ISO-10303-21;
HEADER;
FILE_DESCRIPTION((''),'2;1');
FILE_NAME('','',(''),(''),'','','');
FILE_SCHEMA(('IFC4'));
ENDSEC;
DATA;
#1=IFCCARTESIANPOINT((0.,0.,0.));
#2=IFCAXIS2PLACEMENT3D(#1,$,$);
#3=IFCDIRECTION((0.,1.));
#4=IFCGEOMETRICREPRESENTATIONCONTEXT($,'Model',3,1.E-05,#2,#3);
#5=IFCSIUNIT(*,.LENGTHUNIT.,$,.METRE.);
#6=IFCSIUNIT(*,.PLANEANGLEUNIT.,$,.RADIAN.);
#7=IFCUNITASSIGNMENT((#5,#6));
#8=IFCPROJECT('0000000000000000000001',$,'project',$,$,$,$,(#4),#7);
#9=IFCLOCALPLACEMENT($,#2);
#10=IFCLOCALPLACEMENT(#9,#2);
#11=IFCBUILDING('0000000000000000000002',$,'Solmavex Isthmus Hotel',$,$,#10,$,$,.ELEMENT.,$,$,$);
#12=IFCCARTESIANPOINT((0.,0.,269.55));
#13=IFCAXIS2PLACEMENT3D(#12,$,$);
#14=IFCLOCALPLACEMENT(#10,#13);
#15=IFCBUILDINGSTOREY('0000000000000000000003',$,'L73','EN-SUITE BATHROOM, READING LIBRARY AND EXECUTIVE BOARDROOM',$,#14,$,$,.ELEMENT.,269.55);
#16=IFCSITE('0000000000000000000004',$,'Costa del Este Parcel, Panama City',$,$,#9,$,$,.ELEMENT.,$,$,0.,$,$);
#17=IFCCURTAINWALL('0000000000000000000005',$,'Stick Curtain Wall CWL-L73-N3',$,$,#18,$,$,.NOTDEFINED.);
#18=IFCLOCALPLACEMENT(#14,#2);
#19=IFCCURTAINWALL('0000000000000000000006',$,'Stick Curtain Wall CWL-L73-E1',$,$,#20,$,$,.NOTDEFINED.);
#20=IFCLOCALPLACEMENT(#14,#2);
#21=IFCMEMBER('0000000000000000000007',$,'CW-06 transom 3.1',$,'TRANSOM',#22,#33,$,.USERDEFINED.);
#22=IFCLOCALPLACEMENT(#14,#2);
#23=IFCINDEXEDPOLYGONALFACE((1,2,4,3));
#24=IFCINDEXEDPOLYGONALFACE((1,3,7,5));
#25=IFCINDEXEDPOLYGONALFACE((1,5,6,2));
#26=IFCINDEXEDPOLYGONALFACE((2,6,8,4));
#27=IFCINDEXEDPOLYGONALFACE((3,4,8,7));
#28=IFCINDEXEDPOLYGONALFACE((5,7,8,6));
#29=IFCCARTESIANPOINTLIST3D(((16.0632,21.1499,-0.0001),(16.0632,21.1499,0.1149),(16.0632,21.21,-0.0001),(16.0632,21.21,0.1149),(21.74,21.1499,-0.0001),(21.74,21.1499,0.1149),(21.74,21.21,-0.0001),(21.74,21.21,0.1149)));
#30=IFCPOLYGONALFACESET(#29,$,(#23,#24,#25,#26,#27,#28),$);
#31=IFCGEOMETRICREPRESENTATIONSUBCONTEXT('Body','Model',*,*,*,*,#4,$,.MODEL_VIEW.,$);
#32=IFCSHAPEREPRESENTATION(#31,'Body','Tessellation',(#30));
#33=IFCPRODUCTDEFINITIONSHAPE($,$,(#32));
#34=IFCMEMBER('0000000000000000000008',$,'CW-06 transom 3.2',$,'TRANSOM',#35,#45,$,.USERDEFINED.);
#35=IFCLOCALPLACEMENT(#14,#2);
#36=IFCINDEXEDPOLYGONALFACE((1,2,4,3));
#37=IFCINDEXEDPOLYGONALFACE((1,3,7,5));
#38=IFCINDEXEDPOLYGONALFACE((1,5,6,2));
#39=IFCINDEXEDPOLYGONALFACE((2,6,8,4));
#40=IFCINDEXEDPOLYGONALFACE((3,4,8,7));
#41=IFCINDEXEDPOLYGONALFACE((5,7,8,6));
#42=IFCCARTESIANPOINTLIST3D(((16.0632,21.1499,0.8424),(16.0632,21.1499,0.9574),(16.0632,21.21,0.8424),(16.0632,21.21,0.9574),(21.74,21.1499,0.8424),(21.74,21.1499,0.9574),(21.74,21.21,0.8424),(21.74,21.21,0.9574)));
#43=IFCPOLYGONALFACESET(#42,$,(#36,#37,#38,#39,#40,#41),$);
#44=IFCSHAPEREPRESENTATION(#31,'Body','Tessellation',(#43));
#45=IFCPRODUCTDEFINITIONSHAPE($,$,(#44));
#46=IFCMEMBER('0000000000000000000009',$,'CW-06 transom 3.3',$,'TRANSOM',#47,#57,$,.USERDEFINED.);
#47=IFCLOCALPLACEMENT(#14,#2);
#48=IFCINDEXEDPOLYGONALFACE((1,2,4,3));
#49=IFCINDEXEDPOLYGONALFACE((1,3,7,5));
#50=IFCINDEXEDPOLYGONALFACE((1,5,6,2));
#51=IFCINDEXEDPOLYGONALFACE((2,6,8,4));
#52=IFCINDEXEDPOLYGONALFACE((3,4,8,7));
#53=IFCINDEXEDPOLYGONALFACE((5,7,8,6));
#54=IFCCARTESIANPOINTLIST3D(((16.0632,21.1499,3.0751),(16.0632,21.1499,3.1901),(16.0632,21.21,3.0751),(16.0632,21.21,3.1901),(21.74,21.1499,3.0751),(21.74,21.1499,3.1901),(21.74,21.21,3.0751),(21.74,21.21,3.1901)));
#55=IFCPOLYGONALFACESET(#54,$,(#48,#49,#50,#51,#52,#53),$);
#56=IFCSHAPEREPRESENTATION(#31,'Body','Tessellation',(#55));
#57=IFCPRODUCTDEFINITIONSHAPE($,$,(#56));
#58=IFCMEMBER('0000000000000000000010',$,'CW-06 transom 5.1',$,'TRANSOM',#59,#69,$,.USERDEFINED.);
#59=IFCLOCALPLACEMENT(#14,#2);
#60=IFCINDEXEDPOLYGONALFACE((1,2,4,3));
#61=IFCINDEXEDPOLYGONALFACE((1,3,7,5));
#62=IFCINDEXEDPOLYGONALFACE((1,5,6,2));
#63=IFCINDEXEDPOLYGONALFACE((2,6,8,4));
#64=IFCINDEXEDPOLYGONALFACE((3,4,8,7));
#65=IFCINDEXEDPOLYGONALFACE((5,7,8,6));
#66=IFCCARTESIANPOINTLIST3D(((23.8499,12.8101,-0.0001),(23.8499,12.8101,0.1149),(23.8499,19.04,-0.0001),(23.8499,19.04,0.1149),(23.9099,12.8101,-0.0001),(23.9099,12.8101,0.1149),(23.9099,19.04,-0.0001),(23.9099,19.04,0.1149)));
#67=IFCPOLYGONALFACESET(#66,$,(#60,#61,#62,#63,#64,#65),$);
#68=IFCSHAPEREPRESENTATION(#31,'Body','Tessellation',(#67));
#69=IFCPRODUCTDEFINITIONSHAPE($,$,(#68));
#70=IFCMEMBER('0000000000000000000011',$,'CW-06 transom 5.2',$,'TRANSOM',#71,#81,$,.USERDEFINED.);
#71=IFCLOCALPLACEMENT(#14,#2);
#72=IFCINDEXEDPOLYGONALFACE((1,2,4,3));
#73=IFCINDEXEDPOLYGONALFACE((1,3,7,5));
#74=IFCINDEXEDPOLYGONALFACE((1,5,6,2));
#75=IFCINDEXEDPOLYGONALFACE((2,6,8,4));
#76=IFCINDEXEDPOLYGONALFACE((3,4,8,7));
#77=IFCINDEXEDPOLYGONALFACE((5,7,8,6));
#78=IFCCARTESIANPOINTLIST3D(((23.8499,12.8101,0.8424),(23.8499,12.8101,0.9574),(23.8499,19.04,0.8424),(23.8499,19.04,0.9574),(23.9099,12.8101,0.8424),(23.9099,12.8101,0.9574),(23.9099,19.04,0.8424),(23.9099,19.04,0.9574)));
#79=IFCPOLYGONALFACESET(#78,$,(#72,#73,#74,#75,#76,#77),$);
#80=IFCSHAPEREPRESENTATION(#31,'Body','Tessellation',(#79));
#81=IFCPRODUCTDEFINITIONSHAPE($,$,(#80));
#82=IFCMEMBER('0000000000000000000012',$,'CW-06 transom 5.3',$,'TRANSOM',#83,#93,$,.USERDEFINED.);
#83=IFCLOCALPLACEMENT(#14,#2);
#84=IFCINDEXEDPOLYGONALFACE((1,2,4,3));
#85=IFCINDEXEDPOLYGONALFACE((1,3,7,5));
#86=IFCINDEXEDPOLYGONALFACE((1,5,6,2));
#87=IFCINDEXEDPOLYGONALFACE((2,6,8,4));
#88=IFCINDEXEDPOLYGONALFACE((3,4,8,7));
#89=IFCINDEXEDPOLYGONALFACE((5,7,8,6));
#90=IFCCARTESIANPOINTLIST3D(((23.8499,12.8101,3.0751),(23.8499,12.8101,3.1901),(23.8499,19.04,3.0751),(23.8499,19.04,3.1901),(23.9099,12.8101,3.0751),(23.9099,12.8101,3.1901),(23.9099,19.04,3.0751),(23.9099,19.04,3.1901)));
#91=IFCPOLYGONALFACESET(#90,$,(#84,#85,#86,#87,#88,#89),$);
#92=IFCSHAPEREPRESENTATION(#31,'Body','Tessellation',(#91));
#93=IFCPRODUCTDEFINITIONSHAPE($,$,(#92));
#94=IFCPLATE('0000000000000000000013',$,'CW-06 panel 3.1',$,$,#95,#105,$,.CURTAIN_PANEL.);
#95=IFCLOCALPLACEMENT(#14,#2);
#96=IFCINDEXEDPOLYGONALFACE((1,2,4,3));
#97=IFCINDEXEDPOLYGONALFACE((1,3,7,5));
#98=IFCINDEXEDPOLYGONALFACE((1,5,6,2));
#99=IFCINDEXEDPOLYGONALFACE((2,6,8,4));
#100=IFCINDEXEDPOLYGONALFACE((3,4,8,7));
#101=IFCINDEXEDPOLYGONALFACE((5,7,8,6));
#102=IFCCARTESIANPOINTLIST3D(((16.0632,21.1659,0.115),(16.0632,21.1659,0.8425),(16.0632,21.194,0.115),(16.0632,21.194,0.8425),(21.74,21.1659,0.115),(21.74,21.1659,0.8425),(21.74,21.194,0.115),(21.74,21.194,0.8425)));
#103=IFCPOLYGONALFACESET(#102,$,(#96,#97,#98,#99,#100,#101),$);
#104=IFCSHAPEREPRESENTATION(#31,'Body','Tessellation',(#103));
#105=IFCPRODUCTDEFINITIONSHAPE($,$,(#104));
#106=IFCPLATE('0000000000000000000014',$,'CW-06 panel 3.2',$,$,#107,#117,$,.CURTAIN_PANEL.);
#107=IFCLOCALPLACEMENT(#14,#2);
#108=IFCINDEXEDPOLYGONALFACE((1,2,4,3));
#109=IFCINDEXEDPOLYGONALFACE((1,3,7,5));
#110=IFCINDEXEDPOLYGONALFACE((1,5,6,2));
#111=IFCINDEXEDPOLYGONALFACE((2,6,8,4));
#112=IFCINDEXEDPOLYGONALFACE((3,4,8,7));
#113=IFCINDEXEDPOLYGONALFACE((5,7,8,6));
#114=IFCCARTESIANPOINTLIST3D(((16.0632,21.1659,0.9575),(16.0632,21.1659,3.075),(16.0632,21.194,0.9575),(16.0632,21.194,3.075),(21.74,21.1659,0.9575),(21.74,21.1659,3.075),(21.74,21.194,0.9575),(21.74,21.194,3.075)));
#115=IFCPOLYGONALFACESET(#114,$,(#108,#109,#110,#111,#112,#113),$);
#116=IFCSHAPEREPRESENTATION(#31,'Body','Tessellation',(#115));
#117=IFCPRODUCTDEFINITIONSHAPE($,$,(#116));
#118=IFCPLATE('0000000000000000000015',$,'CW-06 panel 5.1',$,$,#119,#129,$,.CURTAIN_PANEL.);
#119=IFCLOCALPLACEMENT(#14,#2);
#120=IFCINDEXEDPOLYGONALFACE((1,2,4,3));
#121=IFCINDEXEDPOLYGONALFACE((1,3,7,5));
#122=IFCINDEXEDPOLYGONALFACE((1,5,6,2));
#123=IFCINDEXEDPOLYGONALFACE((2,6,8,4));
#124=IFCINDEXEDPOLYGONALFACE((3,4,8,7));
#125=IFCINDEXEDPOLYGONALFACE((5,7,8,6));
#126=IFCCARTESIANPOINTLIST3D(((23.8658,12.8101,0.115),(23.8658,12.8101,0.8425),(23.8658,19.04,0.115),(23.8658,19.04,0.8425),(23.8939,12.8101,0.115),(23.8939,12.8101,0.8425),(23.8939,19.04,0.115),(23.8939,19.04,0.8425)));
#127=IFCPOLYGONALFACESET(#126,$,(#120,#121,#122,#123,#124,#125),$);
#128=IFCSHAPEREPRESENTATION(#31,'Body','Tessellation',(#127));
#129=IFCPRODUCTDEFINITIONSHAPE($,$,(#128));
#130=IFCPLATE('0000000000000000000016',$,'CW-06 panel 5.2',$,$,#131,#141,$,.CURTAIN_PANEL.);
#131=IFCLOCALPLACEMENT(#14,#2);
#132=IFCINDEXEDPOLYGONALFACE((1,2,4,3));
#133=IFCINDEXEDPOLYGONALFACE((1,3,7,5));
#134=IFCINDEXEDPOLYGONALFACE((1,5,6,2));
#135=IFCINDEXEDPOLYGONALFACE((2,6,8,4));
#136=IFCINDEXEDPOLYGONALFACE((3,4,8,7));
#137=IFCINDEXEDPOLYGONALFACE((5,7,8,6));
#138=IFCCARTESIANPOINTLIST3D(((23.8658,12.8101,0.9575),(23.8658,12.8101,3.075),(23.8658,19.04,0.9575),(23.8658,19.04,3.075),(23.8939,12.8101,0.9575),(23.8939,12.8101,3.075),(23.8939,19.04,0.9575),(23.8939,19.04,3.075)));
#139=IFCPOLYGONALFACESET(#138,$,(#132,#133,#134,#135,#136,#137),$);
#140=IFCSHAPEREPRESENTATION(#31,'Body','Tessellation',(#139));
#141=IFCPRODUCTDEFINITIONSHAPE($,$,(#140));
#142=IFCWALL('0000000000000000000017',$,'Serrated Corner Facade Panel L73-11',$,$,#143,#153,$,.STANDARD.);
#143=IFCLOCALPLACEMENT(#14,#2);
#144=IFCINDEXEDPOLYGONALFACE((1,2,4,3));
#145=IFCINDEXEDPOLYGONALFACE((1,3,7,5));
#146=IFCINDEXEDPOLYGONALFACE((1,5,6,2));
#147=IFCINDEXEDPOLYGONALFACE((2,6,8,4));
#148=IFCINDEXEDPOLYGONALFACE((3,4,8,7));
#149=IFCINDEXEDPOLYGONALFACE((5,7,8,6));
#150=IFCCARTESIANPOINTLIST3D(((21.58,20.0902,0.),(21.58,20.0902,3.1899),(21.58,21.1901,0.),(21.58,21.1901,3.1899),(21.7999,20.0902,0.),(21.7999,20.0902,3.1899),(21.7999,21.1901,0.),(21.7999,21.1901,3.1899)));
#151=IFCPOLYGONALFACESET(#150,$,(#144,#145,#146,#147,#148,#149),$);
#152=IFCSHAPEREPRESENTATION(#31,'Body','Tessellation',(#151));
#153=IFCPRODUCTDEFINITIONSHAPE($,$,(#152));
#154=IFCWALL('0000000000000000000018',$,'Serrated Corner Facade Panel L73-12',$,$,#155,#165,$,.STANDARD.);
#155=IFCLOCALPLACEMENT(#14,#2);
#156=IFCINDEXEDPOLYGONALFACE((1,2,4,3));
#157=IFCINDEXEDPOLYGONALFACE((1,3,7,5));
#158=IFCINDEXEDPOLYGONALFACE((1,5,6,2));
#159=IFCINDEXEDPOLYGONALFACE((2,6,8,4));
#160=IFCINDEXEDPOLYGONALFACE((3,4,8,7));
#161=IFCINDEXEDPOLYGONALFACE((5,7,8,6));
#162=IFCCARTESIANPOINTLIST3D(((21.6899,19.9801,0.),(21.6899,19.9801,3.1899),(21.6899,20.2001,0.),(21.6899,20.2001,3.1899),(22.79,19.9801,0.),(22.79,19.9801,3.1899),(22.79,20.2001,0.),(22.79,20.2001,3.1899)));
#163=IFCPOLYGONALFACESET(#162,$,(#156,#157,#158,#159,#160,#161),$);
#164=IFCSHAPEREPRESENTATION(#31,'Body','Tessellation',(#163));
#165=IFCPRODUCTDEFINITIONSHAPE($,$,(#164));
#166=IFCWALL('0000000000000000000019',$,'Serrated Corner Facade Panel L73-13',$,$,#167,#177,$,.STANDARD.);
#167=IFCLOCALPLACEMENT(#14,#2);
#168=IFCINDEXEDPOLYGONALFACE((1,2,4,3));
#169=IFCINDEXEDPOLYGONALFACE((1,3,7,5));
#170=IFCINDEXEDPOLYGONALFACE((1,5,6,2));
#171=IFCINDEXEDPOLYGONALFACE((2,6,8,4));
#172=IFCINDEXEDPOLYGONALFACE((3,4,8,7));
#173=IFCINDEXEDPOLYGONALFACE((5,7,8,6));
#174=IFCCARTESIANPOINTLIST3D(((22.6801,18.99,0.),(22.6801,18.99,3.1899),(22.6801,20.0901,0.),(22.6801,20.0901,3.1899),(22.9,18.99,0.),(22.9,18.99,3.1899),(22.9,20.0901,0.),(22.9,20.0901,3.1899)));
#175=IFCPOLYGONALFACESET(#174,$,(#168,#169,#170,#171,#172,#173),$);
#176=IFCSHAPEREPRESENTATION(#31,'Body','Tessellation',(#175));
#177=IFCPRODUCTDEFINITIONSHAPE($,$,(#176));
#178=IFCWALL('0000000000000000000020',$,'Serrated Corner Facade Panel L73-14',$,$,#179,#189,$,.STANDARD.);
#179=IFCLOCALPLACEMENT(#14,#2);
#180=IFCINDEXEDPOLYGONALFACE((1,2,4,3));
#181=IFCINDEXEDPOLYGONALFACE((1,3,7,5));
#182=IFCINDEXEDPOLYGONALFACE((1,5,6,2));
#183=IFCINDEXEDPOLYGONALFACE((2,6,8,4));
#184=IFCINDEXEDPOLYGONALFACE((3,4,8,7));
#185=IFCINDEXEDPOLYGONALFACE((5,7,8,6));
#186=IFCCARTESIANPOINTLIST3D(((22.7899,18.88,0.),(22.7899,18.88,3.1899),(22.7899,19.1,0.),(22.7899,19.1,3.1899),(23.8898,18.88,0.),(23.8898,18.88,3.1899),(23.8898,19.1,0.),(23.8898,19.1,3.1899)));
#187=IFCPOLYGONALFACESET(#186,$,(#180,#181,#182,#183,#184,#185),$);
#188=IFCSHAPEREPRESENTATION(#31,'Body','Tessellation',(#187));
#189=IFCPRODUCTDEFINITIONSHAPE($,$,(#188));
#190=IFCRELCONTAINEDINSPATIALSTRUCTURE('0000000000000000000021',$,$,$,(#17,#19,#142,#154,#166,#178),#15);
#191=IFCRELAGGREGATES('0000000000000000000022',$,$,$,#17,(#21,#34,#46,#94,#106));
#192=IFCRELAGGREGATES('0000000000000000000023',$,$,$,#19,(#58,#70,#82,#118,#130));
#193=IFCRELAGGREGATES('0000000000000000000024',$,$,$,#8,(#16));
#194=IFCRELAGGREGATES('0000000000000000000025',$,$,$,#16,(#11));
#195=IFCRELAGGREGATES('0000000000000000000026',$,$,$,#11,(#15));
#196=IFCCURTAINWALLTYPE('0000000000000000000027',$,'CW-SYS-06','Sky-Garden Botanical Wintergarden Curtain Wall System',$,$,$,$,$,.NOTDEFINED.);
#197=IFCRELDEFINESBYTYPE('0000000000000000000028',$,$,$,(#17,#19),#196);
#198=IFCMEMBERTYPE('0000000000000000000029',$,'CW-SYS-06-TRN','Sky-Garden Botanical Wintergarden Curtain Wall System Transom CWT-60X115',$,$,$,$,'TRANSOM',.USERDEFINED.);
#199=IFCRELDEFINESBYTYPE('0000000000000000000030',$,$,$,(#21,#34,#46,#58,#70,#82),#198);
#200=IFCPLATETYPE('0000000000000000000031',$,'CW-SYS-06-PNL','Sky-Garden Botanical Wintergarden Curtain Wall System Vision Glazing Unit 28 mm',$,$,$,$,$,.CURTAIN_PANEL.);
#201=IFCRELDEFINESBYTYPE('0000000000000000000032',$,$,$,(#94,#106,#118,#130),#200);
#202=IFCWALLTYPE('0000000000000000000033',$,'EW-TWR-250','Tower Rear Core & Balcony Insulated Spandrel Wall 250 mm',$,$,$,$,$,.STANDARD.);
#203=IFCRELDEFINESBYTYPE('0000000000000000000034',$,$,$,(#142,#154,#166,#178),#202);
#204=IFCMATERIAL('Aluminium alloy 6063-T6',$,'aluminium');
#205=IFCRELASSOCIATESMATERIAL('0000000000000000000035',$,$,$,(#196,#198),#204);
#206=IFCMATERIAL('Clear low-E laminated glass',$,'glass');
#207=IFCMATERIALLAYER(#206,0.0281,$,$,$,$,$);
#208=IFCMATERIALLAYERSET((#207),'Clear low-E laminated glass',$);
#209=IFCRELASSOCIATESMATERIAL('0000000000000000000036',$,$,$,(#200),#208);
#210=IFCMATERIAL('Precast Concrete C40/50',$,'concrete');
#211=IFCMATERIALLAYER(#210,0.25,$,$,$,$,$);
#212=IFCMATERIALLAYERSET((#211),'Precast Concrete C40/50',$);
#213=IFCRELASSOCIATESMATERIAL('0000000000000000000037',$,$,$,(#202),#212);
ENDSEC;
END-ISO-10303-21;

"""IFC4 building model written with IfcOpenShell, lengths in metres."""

from ifc_helpers import new_model, si_unit, direction, frame, frame_2d, origin, origin_2d, place, context, subcontext, project, spatial, rectangle, extrude, material, layer, layer_set, material_profile, profile_set, type_object, element, aggregate, save


model = new_model("IFC4")

# Units and contexts
model_context = context("Model", 3, precision=1e-05, world=origin(), true_north=direction((0.0, 1.0)))
body_context = subcontext(model_context, "Body", "Model", "MODEL_VIEW")
ifc_project = project(units=[si_unit("LENGTHUNIT", "METRE"), si_unit("PLANEANGLEUNIT", "RADIAN")], contexts=[model_context])

# Site, building, storey
site_placement = place(None, origin())
site = spatial("IfcSite", under=ifc_project, at=site_placement, Name="Costa del Este Parcel, Panama City", CompositionType="ELEMENT", RefElevation=0.0)
building_placement = place(site_placement, origin())
building = spatial("IfcBuilding", under=site, at=building_placement, Name="Solmavex Isthmus Hotel", CompositionType="ELEMENT")
storey_placement = place(building_placement, frame((0.0, 0.0, 269.55)))
storey = spatial("IfcBuildingStorey", under=building, at=storey_placement, Name="L73", Description="EN-SUITE BATHROOM, READING LIBRARY AND EXECUTIVE BOARDROOM", CompositionType="ELEMENT", Elevation=269.55)

# Curtain wall
ifc_material_1 = material(Name="Aluminium alloy 6063-T6", Category="aluminium")
curtain_wall_type = type_object("IfcCurtainWallType", Name="CW-SYS-06", Description="Sky-Garden Botanical Wintergarden Curtain Wall System", PredefinedType="NOTDEFINED", material=ifc_material_1)
curtain_wall_1_placement = place(storey_placement, origin())
curtain_wall_1 = element("IfcCurtainWall", 1, at=curtain_wall_1_placement, inside=storey, type_object=curtain_wall_type, Name="Stick Curtain Wall CWL-L73-N3", PredefinedType="NOTDEFINED")

# Curtain wall
curtain_wall_2_placement = place(storey_placement, origin())
curtain_wall_2 = element("IfcCurtainWall", 2, at=curtain_wall_2_placement, inside=storey, type_object=curtain_wall_type, Name="Stick Curtain Wall CWL-L73-E1", PredefinedType="NOTDEFINED")

# Members
ifc_material_profile_1 = material_profile(ifc_material_1, rectangle(XDim=0.0601, YDim=0.115, at=origin_2d()), Name="CWT-60X115")
ifc_profile_set_1 = profile_set([ifc_material_profile_1], Name="Aluminium alloy 6063-T6")
member_type_1 = type_object("IfcMemberType", Name="CW-SYS-06-TRN", Description="Sky-Garden Botanical Wintergarden Curtain Wall System Transom CWT-60X115", ElementType="TRANSOM", PredefinedType="USERDEFINED", material=ifc_profile_set_1)
member_1_placement = place(storey_placement, frame((16.0632, 21.1799, 0.0574), z_axis=(1.0, 0.0, 0.0), x_axis=(0.0, 1.0, 0.0)))
member_1 = element("IfcMember", 3, at=member_1_placement, type_object=member_type_1, Name="CW-06 transom 3.1", ObjectType="TRANSOM", PredefinedType="USERDEFINED", context=body_context, shape_type="SweptSolid", body=[
    extrude(rectangle(XDim=0.0601, YDim=0.115, at=origin_2d()), origin(), (0.0, 0.0, 1.0), 5.6768),
])
member_2_placement = place(storey_placement, frame((16.0632, 21.1799, 0.8999), z_axis=(1.0, 0.0, 0.0), x_axis=(0.0, 1.0, 0.0)))
member_2 = element("IfcMember", 4, at=member_2_placement, type_object=member_type_1, Name="CW-06 transom 3.2", ObjectType="TRANSOM", PredefinedType="USERDEFINED", context=body_context, shape_type="SweptSolid", body=[
    extrude(rectangle(XDim=0.0601, YDim=0.115, at=origin_2d()), origin(), (0.0, 0.0, 1.0), 5.6768),
])
member_3_placement = place(storey_placement, frame((16.0632, 21.1799, 3.1326), z_axis=(1.0, 0.0, 0.0), x_axis=(0.0, 1.0, 0.0)))
member_3 = element("IfcMember", 5, at=member_3_placement, type_object=member_type_1, Name="CW-06 transom 3.3", ObjectType="TRANSOM", PredefinedType="USERDEFINED", context=body_context, shape_type="SweptSolid", body=[
    extrude(rectangle(XDim=0.0601, YDim=0.115, at=origin_2d()), origin(), (0.0, 0.0, 1.0), 5.6768),
])
member_4_placement = place(storey_placement, frame((23.8799, 12.8101, 0.0574), z_axis=(0.0, 1.0, 0.0), x_axis=(-1.0, 0.0, 0.0)))
member_4 = element("IfcMember", 6, at=member_4_placement, type_object=member_type_1, Name="CW-06 transom 5.1", ObjectType="TRANSOM", PredefinedType="USERDEFINED", context=body_context, shape_type="SweptSolid", body=[
    extrude(rectangle(XDim=0.0601, YDim=0.115, at=origin_2d()), origin(), (0.0, 0.0, 1.0), 6.23),
])
member_5_placement = place(storey_placement, frame((23.8799, 12.8101, 0.8999), z_axis=(0.0, 1.0, 0.0), x_axis=(-1.0, 0.0, 0.0)))
member_5 = element("IfcMember", 7, at=member_5_placement, type_object=member_type_1, Name="CW-06 transom 5.2", ObjectType="TRANSOM", PredefinedType="USERDEFINED", context=body_context, shape_type="SweptSolid", body=[
    extrude(rectangle(XDim=0.0601, YDim=0.115, at=origin_2d()), origin(), (0.0, 0.0, 1.0), 6.23),
])
member_6_placement = place(storey_placement, frame((23.8799, 12.8101, 3.1326), z_axis=(0.0, 1.0, 0.0), x_axis=(-1.0, 0.0, 0.0)))
member_6 = element("IfcMember", 8, at=member_6_placement, type_object=member_type_1, Name="CW-06 transom 5.3", ObjectType="TRANSOM", PredefinedType="USERDEFINED", context=body_context, shape_type="SweptSolid", body=[
    extrude(rectangle(XDim=0.0601, YDim=0.115, at=origin_2d()), origin(), (0.0, 0.0, 1.0), 6.23),
])

# Plates
ifc_material_2 = material(Name="Clear low-E laminated glass", Category="glass")
ifc_layer_1 = layer(ifc_material_2, 0.0281)
ifc_layer_set_1 = layer_set([ifc_layer_1], Name="Clear low-E laminated glass")
plate_type = type_object("IfcPlateType", Name="CW-SYS-06-PNL", Description="Sky-Garden Botanical Wintergarden Curtain Wall System Vision Glazing Unit 28 mm", PredefinedType="CURTAIN_PANEL", material=ifc_layer_set_1)
plate_1_placement = place(storey_placement, frame((18.9016, 21.1799, 0.115), z_axis=(0.0, 0.0, 1.0), x_axis=(1.0, 0.0, 0.0)))
plate_1 = element("IfcPlate", 9, at=plate_1_placement, type_object=plate_type, Name="CW-06 panel 3.1", PredefinedType="CURTAIN_PANEL", context=body_context, shape_type="SweptSolid", body=[
    extrude(rectangle(XDim=5.6768, YDim=0.0281, at=origin_2d()), origin(), (0.0, 0.0, 1.0), 0.7275),
])
plate_2_placement = place(storey_placement, frame((18.9016, 21.1799, 0.9575), z_axis=(0.0, 0.0, 1.0), x_axis=(1.0, 0.0, 0.0)))
plate_2 = element("IfcPlate", 10, at=plate_2_placement, type_object=plate_type, Name="CW-06 panel 3.2", PredefinedType="CURTAIN_PANEL", context=body_context, shape_type="SweptSolid", body=[
    extrude(rectangle(XDim=5.6768, YDim=0.0281, at=origin_2d()), origin(), (0.0, 0.0, 1.0), 2.1174),
])
aggregate(curtain_wall_1, [member_1, member_2, member_3, plate_1, plate_2])
plate_3_placement = place(storey_placement, frame((23.8799, 15.925, 0.115), z_axis=(0.0, 0.0, 1.0), x_axis=(0.0, 1.0, 0.0)))
plate_3 = element("IfcPlate", 11, at=plate_3_placement, type_object=plate_type, Name="CW-06 panel 5.1", PredefinedType="CURTAIN_PANEL", context=body_context, shape_type="SweptSolid", body=[
    extrude(rectangle(XDim=6.23, YDim=0.0281, at=origin_2d()), origin(), (0.0, 0.0, 1.0), 0.7275),
])
plate_4_placement = place(storey_placement, frame((23.8799, 15.925, 0.9575), z_axis=(0.0, 0.0, 1.0), x_axis=(0.0, 1.0, 0.0)))
plate_4 = element("IfcPlate", 12, at=plate_4_placement, type_object=plate_type, Name="CW-06 panel 5.2", PredefinedType="CURTAIN_PANEL", context=body_context, shape_type="SweptSolid", body=[
    extrude(rectangle(XDim=6.23, YDim=0.0281, at=origin_2d()), origin(), (0.0, 0.0, 1.0), 2.1174),
])
aggregate(curtain_wall_2, [member_4, member_5, member_6, plate_3, plate_4])

# Walls
ifc_material_3 = material(Name="Precast Concrete C40/50", Category="concrete")
ifc_layer_2 = layer(ifc_material_3, 0.25)
ifc_layer_set_2 = layer_set([ifc_layer_2], Name="Precast Concrete C40/50")
wall_type_1 = type_object("IfcWallType", Name="EW-TWR-250", Description="Tower Rear Core & Balcony Insulated Spandrel Wall 250 mm", PredefinedType="STANDARD", material=ifc_layer_set_2)
wall_1_placement = place(storey_placement, frame((21.6899, 21.1899, 0.0), z_axis=(0.0, 0.0, 1.0), x_axis=(0.0, -1.0, 0.0)))
element("IfcWall", 13, at=wall_1_placement, inside=storey, type_object=wall_type_1, Name="Serrated Corner Facade Panel L73-11", PredefinedType="STANDARD", context=body_context, shape_type="SweptSolid", body=[
    extrude(rectangle(XDim=1.0999, YDim=0.22, at=frame_2d((0.5498, 0.0))), origin(), (0.0, 0.0, 1.0), 3.1899),
])
for number, where, z_axis, x_axis, name in (
    (14, (21.6899, 20.0901, 0.0), (0.0, 0.0, 1.0), (1.0, 0.0, 0.0), "Serrated Corner Facade Panel L73-12"),
    (15, (22.79, 20.0901, 0.0), (0.0, 0.0, 1.0), (0.0, -1.0, 0.0), "Serrated Corner Facade Panel L73-13"),
):
    element("IfcWall", number, at=place(storey_placement, frame(where, z_axis=z_axis, x_axis=x_axis)), inside=storey, type_object=wall_type_1, Name=name, PredefinedType="STANDARD", context=body_context, shape_type="SweptSolid", body=[
        extrude(rectangle(XDim=1.1001, YDim=0.22, at=frame_2d((0.55, 0.0))), origin(), (0.0, 0.0, 1.0), 3.1899),
    ])
wall_2_placement = place(storey_placement, frame((22.79, 18.99, 0.0), z_axis=(0.0, 0.0, 1.0), x_axis=(1.0, 0.0, 0.0)))
element("IfcWall", 16, at=wall_2_placement, inside=storey, type_object=wall_type_1, Name="Serrated Corner Facade Panel L73-14", PredefinedType="STANDARD", context=body_context, shape_type="SweptSolid", body=[
    extrude(rectangle(XDim=1.0999, YDim=0.22, at=frame_2d((0.5498, 0.0))), origin(), (0.0, 0.0, 1.0), 3.1899),
])

save(model, "model.ifc")
